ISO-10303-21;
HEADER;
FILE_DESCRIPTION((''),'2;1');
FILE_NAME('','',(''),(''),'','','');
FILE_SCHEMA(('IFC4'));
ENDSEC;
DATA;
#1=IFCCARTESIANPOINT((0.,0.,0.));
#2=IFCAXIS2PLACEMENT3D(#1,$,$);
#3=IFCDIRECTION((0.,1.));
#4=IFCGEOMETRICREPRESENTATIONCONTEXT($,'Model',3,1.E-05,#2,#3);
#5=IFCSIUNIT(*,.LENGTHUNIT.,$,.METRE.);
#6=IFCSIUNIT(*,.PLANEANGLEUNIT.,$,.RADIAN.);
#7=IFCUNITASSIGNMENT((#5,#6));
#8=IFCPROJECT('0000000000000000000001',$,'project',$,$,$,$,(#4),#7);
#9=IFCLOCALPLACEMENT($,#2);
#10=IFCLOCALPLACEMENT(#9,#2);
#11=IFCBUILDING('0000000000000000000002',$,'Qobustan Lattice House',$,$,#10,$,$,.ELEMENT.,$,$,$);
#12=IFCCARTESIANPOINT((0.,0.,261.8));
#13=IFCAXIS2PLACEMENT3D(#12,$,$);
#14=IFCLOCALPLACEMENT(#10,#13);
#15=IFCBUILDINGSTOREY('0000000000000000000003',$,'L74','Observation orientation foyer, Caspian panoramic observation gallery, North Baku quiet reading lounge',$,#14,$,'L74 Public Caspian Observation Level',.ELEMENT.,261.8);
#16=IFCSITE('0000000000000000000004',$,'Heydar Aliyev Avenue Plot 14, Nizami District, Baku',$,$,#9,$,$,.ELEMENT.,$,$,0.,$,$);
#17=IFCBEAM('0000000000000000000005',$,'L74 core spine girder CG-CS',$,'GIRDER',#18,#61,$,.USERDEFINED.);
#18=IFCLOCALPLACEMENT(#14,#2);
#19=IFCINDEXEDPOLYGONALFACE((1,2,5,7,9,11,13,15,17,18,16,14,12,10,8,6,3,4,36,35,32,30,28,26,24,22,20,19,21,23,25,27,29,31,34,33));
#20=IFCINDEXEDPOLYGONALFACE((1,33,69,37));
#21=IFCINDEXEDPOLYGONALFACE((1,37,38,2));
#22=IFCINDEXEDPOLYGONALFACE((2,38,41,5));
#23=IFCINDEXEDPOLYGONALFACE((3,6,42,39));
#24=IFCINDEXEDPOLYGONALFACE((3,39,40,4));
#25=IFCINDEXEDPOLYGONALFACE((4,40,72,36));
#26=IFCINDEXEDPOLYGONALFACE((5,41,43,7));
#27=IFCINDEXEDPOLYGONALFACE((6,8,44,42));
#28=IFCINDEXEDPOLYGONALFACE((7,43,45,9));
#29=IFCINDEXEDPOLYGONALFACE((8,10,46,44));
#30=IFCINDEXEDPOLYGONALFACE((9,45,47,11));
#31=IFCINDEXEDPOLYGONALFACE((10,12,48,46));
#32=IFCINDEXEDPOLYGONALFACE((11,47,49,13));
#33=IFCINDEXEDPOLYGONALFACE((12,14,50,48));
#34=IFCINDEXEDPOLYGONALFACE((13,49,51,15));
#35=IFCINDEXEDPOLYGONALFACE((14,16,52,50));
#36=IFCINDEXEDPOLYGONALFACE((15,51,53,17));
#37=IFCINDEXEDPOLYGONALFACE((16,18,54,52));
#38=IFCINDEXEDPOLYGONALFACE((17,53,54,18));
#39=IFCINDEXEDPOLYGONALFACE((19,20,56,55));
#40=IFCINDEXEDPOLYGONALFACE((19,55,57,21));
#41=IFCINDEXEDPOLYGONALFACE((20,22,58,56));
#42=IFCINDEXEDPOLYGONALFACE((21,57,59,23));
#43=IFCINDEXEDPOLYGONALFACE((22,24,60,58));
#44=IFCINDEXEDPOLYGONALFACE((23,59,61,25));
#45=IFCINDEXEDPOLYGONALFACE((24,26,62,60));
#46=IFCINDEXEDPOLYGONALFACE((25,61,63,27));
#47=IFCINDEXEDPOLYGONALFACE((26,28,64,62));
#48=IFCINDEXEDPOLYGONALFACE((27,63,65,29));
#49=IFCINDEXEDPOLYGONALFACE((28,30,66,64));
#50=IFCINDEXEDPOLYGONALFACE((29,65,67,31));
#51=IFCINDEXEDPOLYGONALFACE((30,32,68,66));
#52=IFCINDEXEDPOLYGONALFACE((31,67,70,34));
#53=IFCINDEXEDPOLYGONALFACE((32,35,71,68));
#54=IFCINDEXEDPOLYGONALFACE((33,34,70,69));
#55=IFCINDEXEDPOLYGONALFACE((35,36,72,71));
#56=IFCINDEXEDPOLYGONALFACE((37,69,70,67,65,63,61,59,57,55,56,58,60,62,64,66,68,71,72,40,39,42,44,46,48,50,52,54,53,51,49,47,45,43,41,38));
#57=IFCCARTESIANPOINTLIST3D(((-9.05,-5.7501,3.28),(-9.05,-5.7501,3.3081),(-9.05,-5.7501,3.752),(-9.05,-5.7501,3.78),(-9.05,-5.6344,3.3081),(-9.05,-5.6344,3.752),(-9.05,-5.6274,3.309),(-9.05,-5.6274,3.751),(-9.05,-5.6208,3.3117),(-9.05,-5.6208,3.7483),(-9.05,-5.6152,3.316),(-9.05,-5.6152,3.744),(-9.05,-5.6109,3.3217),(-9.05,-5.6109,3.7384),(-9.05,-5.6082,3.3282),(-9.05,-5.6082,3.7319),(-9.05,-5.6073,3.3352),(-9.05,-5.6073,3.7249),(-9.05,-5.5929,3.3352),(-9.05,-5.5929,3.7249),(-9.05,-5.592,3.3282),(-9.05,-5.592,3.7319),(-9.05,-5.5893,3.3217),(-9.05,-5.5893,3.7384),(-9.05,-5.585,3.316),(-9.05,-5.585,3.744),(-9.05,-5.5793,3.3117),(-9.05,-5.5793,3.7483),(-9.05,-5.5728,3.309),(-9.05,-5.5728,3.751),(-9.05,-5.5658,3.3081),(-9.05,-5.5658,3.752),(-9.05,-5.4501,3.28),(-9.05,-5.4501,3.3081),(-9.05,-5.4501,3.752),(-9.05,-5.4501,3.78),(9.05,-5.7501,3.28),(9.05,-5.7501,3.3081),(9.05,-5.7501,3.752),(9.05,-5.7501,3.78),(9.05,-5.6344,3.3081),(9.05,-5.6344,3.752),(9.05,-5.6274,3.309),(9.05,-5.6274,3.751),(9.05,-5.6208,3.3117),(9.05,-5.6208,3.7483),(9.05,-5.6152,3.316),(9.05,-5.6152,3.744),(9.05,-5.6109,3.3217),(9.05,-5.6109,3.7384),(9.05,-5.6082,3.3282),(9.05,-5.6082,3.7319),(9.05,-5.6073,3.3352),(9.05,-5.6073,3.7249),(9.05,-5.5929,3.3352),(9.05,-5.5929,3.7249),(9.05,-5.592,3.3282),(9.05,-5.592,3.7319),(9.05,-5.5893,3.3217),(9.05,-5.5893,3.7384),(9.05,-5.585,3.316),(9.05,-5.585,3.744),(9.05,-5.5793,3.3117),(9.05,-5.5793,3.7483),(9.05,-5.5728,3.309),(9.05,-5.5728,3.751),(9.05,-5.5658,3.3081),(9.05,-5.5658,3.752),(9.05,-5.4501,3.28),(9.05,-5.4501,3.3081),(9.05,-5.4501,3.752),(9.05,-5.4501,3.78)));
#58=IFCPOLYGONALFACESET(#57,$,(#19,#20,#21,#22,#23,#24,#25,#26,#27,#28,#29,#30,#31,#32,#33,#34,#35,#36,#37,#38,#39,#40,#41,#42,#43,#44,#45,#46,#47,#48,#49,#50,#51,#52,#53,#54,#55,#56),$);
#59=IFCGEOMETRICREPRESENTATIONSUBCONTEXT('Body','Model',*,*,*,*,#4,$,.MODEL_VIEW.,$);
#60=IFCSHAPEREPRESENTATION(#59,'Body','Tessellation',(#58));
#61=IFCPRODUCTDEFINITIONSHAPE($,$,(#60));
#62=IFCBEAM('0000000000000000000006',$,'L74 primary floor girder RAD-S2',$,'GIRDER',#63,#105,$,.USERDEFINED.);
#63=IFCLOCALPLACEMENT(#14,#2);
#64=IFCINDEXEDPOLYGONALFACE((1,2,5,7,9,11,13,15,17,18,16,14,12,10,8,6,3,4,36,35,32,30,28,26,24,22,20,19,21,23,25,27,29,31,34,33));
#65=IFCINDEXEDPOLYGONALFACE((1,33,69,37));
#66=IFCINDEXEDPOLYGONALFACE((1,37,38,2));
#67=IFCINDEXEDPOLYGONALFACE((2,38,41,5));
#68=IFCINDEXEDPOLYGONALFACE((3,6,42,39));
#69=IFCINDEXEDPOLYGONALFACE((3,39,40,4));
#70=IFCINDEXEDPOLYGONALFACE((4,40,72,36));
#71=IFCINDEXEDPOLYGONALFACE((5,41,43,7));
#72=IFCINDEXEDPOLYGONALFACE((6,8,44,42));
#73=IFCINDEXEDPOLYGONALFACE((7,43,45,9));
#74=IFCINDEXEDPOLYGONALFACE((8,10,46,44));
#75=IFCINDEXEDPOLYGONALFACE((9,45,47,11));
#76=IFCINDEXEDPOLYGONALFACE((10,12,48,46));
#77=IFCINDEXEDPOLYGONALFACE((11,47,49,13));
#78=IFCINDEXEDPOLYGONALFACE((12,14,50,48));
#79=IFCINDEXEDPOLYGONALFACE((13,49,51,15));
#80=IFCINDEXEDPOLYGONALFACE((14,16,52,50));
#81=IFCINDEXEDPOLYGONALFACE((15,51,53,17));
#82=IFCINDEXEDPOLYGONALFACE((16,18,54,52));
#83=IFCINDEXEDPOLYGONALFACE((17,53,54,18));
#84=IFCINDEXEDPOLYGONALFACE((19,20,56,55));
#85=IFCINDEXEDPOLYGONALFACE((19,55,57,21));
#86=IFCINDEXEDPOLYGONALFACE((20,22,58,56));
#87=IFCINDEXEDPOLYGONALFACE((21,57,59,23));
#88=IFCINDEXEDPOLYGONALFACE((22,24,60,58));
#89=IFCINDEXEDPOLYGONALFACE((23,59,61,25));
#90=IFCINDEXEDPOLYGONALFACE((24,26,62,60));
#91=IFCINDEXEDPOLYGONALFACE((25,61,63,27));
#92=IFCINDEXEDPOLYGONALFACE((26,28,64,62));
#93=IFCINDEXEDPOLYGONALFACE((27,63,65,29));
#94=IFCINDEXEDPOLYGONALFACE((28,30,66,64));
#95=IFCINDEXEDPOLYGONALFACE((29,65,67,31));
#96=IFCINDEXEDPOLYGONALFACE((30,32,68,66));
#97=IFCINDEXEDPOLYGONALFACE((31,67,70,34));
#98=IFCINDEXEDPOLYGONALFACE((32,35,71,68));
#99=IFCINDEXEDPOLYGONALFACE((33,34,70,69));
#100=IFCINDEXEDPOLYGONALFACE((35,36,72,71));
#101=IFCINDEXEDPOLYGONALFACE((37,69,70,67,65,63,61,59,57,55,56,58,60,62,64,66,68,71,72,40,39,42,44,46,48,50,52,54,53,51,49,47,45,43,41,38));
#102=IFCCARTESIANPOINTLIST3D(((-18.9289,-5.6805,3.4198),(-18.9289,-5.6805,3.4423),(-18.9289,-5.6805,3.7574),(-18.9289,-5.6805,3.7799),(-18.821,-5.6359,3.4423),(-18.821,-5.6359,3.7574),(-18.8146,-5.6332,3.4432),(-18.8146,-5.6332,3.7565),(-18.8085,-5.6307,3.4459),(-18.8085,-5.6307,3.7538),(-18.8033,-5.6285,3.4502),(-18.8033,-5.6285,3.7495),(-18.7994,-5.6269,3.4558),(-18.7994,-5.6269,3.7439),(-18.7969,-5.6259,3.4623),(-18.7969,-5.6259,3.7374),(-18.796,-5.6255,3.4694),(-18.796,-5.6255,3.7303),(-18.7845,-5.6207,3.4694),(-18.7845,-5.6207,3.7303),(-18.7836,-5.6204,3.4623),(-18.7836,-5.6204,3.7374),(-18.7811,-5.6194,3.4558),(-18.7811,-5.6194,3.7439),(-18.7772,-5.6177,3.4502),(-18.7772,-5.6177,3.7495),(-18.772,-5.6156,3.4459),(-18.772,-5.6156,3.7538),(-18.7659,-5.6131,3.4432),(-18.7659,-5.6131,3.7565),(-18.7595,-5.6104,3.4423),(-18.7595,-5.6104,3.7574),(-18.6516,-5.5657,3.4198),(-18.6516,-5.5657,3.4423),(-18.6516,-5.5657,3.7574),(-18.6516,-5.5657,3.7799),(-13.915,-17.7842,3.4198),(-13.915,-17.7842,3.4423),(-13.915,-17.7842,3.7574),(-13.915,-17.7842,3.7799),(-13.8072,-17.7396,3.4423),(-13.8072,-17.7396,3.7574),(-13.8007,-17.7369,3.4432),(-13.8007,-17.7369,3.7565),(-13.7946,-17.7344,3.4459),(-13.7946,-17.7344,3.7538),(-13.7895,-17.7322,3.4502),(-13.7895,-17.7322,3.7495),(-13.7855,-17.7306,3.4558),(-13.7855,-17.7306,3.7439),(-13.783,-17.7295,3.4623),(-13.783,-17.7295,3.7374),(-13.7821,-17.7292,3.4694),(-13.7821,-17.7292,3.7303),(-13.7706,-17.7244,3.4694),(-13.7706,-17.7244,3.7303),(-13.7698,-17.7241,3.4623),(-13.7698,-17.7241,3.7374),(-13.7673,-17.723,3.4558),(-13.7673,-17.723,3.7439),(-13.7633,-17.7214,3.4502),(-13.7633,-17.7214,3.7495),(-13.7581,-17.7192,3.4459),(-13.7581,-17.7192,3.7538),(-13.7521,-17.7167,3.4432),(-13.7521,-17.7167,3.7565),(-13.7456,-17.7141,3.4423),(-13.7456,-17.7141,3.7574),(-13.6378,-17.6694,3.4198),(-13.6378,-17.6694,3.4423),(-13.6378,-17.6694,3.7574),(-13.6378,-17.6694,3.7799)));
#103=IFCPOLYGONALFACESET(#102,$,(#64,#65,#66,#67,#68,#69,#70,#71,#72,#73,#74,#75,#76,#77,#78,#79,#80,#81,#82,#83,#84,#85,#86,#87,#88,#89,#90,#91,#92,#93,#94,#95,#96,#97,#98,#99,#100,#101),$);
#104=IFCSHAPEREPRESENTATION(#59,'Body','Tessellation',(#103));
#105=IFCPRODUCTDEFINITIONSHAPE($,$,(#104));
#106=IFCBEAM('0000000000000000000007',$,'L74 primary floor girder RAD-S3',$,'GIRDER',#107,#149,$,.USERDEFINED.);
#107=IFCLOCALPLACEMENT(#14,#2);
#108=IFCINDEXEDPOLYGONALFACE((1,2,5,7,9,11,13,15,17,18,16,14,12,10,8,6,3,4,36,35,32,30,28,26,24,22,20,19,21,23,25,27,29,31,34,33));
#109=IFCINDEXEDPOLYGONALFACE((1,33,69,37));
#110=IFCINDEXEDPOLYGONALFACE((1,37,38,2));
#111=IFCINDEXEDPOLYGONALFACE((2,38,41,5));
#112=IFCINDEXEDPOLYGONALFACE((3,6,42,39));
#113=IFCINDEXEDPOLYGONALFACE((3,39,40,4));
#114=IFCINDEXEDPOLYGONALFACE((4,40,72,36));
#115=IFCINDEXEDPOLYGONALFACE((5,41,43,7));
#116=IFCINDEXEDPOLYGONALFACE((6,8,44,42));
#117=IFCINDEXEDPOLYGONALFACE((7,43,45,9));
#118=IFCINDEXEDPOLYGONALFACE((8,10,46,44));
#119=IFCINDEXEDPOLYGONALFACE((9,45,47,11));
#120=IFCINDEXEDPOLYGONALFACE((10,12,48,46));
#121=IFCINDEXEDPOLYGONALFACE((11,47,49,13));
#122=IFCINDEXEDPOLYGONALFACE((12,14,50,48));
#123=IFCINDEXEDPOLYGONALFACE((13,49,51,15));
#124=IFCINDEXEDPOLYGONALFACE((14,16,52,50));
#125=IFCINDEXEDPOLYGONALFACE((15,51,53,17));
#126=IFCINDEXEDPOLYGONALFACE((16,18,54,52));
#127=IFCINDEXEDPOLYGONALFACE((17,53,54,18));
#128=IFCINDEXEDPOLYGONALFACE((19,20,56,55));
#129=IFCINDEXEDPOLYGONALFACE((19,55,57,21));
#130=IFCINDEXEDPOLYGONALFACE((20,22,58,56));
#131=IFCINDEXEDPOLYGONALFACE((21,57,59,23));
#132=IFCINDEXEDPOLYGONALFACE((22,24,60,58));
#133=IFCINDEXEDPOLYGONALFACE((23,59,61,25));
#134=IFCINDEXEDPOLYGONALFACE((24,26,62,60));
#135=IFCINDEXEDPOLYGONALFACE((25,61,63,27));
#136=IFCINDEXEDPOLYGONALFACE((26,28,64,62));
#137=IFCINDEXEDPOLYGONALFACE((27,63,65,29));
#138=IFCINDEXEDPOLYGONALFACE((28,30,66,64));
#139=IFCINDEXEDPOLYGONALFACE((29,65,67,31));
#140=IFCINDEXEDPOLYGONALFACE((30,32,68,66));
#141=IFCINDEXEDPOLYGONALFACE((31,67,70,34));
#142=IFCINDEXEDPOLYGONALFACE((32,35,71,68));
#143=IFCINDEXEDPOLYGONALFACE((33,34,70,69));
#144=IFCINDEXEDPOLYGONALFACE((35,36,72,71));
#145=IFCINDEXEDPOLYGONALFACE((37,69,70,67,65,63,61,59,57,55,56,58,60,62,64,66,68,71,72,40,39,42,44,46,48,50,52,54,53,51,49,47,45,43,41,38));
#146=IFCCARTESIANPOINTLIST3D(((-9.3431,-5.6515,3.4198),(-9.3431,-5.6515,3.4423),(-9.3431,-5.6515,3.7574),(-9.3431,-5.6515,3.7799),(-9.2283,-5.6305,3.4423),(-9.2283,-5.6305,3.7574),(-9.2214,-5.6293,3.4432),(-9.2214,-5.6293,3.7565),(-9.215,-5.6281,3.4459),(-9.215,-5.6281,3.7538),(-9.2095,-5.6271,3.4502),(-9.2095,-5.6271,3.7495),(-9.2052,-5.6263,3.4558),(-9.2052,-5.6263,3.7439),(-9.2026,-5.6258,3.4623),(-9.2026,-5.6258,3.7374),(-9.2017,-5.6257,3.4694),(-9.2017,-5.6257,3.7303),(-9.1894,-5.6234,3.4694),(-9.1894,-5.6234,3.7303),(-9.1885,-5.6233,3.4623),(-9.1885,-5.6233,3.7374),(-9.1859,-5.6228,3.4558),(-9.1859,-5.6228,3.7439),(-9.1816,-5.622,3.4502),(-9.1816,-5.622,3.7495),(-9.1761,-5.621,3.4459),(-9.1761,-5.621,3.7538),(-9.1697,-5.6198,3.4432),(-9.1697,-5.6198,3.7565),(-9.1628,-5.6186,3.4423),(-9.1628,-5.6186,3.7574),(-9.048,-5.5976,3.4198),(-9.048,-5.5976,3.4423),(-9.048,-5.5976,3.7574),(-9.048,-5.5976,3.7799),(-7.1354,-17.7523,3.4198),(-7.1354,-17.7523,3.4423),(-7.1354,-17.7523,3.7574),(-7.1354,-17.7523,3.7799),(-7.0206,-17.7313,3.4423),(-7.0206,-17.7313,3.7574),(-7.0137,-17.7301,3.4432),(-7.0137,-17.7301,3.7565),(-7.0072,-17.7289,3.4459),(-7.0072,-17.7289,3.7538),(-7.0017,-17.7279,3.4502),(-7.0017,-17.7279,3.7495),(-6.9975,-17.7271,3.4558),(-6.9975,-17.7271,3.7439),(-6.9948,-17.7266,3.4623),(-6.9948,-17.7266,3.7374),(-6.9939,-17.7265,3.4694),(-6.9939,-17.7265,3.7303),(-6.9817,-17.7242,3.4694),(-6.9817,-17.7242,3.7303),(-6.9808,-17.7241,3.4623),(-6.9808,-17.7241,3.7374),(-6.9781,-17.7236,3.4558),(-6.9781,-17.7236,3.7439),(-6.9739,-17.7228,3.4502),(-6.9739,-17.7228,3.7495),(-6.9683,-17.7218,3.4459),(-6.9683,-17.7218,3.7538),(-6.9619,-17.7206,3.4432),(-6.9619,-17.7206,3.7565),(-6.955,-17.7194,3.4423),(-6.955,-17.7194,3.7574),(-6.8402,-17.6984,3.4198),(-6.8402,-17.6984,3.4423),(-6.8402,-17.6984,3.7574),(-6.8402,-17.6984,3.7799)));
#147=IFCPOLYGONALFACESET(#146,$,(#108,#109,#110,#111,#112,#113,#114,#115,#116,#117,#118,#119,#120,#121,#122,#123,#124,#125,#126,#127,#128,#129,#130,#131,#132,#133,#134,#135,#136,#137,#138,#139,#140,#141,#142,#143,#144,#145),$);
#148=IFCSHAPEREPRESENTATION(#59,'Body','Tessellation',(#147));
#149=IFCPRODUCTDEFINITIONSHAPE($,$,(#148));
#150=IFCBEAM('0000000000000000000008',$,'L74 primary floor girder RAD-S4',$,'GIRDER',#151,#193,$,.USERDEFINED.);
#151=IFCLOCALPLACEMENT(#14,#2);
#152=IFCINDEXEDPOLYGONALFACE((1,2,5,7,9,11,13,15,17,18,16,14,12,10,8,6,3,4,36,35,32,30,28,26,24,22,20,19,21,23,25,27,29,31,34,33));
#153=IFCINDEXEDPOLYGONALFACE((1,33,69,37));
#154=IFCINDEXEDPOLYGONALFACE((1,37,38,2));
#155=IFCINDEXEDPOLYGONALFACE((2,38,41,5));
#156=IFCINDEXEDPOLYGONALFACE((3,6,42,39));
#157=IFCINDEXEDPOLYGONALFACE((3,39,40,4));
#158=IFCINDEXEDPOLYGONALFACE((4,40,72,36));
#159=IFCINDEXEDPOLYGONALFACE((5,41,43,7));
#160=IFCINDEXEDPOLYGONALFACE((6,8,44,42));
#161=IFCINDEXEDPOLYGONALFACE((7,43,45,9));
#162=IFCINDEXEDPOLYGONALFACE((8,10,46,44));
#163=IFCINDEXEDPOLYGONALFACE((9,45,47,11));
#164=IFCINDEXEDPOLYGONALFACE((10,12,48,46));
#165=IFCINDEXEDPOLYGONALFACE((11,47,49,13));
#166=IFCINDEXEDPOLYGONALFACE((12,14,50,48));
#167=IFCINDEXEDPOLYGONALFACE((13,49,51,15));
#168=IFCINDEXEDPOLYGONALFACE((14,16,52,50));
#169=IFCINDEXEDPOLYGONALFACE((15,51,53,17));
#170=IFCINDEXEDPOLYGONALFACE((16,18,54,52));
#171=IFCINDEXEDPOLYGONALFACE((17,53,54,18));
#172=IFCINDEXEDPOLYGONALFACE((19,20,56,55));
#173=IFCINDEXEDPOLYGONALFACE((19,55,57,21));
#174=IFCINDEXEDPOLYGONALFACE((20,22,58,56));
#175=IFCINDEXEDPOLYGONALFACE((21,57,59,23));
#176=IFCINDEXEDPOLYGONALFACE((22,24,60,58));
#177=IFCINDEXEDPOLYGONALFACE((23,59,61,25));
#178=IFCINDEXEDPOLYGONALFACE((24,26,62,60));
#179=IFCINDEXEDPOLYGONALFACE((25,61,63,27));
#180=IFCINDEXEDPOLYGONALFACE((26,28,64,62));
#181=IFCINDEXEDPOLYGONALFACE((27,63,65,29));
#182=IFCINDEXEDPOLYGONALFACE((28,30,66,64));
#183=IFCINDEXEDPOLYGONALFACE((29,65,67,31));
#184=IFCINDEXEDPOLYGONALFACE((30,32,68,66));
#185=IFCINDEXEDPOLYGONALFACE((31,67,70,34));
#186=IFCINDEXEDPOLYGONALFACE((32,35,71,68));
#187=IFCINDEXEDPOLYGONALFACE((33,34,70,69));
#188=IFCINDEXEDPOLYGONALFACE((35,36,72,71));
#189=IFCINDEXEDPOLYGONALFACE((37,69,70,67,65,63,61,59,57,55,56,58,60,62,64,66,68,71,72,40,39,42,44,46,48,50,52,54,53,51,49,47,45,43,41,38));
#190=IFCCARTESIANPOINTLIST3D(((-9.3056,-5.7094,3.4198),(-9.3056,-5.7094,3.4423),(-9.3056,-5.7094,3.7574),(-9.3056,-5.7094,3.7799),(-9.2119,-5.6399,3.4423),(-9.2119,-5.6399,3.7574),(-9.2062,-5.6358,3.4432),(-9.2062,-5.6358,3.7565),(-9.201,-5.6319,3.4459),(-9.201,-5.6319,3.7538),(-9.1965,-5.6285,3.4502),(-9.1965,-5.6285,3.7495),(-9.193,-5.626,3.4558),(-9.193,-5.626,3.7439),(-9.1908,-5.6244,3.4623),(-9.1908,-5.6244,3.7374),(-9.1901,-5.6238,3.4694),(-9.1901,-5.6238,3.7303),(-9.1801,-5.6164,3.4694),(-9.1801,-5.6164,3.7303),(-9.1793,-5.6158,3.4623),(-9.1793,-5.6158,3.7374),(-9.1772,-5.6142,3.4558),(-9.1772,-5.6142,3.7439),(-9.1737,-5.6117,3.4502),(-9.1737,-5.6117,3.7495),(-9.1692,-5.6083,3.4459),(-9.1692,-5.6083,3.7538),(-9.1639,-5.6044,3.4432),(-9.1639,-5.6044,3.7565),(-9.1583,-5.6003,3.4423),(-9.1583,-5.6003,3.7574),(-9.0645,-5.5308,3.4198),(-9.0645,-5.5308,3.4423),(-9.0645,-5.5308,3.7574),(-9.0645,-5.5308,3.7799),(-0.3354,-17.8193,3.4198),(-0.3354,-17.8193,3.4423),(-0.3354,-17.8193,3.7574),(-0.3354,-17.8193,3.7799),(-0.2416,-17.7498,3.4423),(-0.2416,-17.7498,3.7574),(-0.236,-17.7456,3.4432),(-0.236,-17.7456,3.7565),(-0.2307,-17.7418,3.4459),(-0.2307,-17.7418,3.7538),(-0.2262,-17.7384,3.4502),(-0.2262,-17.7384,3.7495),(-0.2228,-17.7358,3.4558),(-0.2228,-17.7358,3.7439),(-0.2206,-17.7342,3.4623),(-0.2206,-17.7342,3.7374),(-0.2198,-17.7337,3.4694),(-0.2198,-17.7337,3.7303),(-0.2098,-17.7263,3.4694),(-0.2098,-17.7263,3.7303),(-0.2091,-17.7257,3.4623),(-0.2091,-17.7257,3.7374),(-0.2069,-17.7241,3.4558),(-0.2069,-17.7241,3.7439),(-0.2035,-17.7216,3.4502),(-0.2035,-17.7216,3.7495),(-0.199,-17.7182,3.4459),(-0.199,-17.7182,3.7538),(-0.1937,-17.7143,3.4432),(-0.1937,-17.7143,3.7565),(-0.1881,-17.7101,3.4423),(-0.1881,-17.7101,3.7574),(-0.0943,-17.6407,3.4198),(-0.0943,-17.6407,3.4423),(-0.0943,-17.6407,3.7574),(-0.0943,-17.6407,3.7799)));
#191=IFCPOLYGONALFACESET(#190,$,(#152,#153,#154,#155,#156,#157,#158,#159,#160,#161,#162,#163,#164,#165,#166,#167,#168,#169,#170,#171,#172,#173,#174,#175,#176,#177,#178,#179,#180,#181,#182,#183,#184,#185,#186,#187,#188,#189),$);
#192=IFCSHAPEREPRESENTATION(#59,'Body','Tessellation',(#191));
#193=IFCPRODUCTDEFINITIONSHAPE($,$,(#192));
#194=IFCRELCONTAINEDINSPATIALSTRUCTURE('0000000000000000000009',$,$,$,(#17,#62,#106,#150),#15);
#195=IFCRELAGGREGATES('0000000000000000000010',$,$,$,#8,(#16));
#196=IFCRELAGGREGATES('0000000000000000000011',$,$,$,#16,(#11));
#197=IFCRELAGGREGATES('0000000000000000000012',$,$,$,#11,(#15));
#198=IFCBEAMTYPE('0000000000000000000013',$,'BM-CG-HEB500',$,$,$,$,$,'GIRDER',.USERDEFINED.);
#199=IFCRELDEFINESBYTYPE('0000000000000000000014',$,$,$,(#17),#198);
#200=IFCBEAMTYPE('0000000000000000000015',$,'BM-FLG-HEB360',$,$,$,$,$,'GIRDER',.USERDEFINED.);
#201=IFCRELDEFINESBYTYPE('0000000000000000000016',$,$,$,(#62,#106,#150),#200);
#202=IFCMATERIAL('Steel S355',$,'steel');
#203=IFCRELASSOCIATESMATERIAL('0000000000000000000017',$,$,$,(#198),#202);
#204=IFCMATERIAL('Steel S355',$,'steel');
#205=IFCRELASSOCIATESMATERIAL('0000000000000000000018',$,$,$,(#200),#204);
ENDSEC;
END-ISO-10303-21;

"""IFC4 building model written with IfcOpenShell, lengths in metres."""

from ifc_helpers import new_model, si_unit, direction, frame, origin, origin_2d, place, context, subcontext, project, spatial, i_section, extrude, material, material_profile, profile_set, type_object, element, save


model = new_model("IFC4")

# Units and contexts
model_context = context("Model", 3, precision=1e-05, world=origin(), true_north=direction((0.0, 1.0)))
body_context = subcontext(model_context, "Body", "Model", "MODEL_VIEW")
ifc_project = project(units=[si_unit("LENGTHUNIT", "METRE"), si_unit("PLANEANGLEUNIT", "RADIAN")], contexts=[model_context])

# Site, building, storey
site_placement = place(None, origin())
site = spatial("IfcSite", under=ifc_project, at=site_placement, Name="Heydar Aliyev Avenue Plot 14, Nizami District, Baku", CompositionType="ELEMENT", RefElevation=0.0)
building_placement = place(site_placement, origin())
building = spatial("IfcBuilding", under=site, at=building_placement, Name="Qobustan Lattice House", CompositionType="ELEMENT")
storey_placement = place(building_placement, frame((0.0, 0.0, 261.8)))
storey = spatial("IfcBuildingStorey", under=building, at=storey_placement, Name="L74", Description="Observation orientation foyer, Caspian panoramic observation gallery, North Baku quiet reading lounge", LongName="L74 Public Caspian Observation Level", CompositionType="ELEMENT", Elevation=261.8)

# Beams
ifc_material_1 = material(Name="Steel S355", Category="steel")
ifc_material_profile_1 = material_profile(ifc_material_1, i_section(OverallWidth=0.3, OverallDepth=0.5, WebThickness=0.0144, FlangeThickness=0.0281, FilletRadius=0.0271, at=origin_2d()), Name="HEB500")
ifc_profile_set_1 = profile_set([ifc_material_profile_1], Name="Steel S355")
beam_type_1 = type_object("IfcBeamType", Name="BM-CG-HEB500", ElementType="GIRDER", PredefinedType="USERDEFINED", material=ifc_profile_set_1)
beam_1_placement = place(storey_placement, frame((-9.05, -5.6001, 3.53), z_axis=(1.0, 0.0, 0.0), x_axis=(0.0, 1.0, 0.0)))
element("IfcBeam", 1, at=beam_1_placement, inside=storey, type_object=beam_type_1, Name="L74 core spine girder CG-CS", ObjectType="GIRDER", PredefinedType="USERDEFINED", context=body_context, shape_type="SweptSolid", body=[
    extrude(i_section(OverallWidth=0.3, OverallDepth=0.5, WebThickness=0.0144, FlangeThickness=0.0281, FilletRadius=0.0271, at=origin_2d()), origin(), (0.0, 0.0, 1.0), 18.1001),
])
ifc_material_2 = material(Name="Steel S355", Category="steel")
ifc_material_profile_2 = material_profile(ifc_material_2, i_section(OverallWidth=0.3, OverallDepth=0.3601, WebThickness=0.0125, FlangeThickness=0.0225, FilletRadius=0.0271, at=origin_2d()), Name="HEB360")
ifc_profile_set_2 = profile_set([ifc_material_profile_2], Name="Steel S355")
beam_type_2 = type_object("IfcBeamType", Name="BM-FLG-HEB360", ElementType="GIRDER", PredefinedType="USERDEFINED", material=ifc_profile_set_2)
beam_2_placement = place(storey_placement, frame((-13.7764, -17.7268, 3.5999), z_axis=(-0.382708, 0.923869, 0.0), x_axis=(-0.923869, -0.382708, 0.0)))
element("IfcBeam", 2, at=beam_2_placement, inside=storey, type_object=beam_type_2, Name="L74 primary floor girder RAD-S2", ObjectType="GIRDER", PredefinedType="USERDEFINED", context=body_context, shape_type="SweptSolid", body=[
    extrude(i_section(OverallWidth=0.3, OverallDepth=0.3601, WebThickness=0.0125, FlangeThickness=0.0225, FilletRadius=0.0271, at=origin_2d()), origin(), (0.0, 0.0, 1.0), 13.1011),
])
beam_3_placement = place(storey_placement, frame((-6.9878, -17.7253, 3.5999), z_axis=(-0.179484, 0.983761, 0.0), x_axis=(-0.983761, -0.179484, 0.0)))
element("IfcBeam", 3, at=beam_3_placement, inside=storey, type_object=beam_type_2, Name="L74 primary floor girder RAD-S3", ObjectType="GIRDER", PredefinedType="USERDEFINED", context=body_context, shape_type="SweptSolid", body=[
    extrude(i_section(OverallWidth=0.3, OverallDepth=0.3601, WebThickness=0.0125, FlangeThickness=0.0225, FilletRadius=0.0271, at=origin_2d()), origin(), (0.0, 0.0, 1.0), 12.3005),
])
beam_4_placement = place(storey_placement, frame((-0.2148, -17.73, 3.5999), z_axis=(-0.595225, 0.803559, 0.0), x_axis=(-0.803559, -0.595225, 0.0)))
element("IfcBeam", 4, at=beam_4_placement, inside=storey, type_object=beam_type_2, Name="L74 primary floor girder RAD-S4", ObjectType="GIRDER", PredefinedType="USERDEFINED", context=body_context, shape_type="SweptSolid", body=[
    extrude(i_section(OverallWidth=0.3, OverallDepth=0.3601, WebThickness=0.0125, FlangeThickness=0.0225, FilletRadius=0.0271, at=origin_2d()), origin(), (0.0, 0.0, 1.0), 15.0703),
])

save(model, "model.ifc")
